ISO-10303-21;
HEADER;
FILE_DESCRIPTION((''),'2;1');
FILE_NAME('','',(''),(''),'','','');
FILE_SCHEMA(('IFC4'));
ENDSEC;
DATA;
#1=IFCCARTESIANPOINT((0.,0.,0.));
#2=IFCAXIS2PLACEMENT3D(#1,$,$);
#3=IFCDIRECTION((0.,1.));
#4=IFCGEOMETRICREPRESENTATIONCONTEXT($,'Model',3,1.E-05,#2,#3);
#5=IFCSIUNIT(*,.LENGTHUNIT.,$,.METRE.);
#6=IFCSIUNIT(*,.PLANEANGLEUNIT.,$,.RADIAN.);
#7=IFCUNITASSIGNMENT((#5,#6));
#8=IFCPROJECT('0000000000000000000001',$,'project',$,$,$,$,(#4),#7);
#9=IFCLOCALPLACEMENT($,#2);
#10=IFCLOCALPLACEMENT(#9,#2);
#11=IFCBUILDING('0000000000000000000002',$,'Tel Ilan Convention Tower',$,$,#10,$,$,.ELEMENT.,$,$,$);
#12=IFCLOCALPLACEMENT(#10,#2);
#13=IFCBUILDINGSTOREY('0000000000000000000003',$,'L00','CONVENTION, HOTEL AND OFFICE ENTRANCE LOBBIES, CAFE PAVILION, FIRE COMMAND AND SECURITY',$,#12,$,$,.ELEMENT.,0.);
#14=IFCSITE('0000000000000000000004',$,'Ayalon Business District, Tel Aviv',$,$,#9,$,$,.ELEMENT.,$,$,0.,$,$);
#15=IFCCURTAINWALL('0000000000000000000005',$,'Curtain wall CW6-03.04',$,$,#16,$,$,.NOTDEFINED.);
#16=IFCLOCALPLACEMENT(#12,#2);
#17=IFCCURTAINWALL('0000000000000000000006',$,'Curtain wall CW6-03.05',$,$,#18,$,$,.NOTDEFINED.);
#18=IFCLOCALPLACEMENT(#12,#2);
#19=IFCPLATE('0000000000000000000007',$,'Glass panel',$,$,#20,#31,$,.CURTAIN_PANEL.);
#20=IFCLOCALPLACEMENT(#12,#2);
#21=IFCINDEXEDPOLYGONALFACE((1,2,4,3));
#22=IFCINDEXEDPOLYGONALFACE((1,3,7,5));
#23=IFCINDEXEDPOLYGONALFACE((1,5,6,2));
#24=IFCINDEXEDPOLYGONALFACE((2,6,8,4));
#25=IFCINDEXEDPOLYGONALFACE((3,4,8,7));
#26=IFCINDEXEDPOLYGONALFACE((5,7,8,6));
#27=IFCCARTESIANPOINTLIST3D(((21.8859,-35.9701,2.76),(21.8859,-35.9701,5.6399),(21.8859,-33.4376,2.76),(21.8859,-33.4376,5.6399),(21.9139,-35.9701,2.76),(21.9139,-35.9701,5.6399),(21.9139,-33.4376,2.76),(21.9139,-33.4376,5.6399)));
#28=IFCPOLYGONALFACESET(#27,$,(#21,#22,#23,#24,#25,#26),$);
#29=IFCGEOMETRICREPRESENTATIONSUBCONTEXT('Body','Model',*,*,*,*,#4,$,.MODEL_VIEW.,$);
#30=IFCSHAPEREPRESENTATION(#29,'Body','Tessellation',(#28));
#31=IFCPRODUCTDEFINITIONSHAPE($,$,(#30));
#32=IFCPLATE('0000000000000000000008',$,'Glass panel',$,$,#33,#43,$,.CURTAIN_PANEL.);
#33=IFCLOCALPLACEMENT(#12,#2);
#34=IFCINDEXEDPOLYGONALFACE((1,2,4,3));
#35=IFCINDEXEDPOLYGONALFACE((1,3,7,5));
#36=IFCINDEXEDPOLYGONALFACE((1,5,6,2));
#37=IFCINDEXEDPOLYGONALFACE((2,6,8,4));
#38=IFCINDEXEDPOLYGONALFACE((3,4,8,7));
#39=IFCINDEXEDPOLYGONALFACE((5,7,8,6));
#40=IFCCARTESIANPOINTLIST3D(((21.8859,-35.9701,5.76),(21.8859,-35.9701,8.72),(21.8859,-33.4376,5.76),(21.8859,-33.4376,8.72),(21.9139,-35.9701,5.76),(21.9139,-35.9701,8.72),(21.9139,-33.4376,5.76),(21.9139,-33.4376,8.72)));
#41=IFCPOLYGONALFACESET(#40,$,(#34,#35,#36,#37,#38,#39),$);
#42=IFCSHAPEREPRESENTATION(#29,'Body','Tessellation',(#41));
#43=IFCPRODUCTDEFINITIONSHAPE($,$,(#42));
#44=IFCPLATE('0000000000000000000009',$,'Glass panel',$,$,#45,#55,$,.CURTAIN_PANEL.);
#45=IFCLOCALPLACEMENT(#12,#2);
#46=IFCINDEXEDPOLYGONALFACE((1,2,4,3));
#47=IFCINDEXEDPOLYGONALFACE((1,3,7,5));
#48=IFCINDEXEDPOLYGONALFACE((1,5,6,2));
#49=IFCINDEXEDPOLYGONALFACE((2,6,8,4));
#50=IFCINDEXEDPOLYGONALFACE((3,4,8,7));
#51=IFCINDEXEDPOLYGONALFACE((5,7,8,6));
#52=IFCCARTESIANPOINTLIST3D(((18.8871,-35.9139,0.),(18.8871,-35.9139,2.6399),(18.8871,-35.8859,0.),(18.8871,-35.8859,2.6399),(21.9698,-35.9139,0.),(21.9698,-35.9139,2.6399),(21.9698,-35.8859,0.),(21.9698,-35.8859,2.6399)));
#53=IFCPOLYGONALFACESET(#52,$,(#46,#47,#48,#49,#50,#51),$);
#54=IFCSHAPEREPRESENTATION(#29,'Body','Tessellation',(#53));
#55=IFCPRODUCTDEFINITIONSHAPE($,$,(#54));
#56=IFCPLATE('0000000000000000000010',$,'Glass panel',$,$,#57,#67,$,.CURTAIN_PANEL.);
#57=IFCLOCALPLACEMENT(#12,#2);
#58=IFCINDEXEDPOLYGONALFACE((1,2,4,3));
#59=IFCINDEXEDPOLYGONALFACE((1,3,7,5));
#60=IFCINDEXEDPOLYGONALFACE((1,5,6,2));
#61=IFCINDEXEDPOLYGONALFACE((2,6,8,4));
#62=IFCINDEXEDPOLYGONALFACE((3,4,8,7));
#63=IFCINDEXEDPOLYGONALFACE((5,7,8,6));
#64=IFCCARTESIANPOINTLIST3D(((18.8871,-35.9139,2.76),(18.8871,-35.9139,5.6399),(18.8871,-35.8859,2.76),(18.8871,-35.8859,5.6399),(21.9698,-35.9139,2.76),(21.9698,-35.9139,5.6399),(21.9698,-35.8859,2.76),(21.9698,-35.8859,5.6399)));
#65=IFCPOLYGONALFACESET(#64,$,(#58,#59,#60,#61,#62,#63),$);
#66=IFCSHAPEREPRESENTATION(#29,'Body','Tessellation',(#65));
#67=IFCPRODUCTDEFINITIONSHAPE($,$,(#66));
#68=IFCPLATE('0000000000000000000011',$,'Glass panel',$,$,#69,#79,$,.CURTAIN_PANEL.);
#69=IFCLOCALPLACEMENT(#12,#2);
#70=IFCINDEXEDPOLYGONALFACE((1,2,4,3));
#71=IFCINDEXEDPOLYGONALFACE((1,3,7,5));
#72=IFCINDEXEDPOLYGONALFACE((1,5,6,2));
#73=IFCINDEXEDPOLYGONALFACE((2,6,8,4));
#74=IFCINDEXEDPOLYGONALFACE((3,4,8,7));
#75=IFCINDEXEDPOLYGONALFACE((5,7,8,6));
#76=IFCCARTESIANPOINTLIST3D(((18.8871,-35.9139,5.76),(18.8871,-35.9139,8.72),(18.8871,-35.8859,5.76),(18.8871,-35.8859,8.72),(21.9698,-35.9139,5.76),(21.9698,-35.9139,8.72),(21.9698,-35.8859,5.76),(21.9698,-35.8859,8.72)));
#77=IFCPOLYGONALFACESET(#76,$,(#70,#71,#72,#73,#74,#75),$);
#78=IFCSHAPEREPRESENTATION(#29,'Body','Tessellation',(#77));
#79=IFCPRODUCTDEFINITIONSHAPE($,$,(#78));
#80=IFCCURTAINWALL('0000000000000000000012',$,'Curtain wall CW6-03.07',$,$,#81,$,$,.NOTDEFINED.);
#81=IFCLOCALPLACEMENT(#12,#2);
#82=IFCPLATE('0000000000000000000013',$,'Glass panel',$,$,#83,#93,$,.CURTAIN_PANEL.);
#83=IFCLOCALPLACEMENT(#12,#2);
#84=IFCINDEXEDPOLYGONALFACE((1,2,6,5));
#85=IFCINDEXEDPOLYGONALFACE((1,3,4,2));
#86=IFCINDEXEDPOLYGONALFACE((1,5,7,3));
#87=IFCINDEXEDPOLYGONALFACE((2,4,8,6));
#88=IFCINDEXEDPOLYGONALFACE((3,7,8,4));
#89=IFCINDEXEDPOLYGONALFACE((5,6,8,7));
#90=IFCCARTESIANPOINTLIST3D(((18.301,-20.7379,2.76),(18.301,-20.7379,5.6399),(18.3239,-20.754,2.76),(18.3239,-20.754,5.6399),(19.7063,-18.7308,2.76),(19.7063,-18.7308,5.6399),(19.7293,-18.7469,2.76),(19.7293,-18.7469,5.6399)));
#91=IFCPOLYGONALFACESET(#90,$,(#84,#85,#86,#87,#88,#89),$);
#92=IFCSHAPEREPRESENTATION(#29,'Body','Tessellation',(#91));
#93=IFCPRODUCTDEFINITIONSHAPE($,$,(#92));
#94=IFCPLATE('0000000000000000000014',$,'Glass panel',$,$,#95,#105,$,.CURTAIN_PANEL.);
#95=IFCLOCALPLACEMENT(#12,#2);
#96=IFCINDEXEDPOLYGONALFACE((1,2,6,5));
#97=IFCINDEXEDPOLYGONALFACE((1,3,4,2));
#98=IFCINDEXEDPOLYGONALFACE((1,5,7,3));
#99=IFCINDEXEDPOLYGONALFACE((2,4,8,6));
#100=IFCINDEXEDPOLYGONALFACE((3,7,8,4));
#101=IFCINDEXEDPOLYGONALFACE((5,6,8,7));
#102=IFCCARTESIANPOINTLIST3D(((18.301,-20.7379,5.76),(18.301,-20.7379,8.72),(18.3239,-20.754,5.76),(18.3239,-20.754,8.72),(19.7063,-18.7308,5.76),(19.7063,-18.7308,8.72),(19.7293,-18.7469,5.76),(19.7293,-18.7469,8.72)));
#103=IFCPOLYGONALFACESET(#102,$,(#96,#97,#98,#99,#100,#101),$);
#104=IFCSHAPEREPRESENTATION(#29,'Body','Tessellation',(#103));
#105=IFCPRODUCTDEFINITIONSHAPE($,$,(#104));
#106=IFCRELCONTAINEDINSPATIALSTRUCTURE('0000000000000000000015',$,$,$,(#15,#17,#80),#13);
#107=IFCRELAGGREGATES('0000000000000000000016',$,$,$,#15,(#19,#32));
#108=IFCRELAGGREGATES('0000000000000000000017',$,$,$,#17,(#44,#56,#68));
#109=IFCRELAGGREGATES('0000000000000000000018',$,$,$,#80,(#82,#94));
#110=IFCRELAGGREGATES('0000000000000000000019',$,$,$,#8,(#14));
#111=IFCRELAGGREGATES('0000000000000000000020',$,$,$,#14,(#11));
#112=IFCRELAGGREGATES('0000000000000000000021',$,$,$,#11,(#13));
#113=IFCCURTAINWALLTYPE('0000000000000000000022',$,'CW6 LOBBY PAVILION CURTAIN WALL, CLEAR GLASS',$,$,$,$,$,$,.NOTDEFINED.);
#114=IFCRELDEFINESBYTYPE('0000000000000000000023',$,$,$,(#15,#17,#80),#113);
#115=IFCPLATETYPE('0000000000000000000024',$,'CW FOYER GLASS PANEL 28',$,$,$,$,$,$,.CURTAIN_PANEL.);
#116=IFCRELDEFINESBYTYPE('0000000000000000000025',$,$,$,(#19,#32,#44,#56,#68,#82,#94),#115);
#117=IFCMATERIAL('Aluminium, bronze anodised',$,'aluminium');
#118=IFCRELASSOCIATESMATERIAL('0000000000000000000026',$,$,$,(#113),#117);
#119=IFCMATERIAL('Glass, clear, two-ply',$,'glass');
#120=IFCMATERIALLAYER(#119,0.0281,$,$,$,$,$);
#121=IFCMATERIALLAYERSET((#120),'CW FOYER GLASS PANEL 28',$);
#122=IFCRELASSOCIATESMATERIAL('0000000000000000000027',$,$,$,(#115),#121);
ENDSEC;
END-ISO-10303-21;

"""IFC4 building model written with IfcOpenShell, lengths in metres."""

from ifc_helpers import new_model, si_unit, direction, frame, origin, origin_2d, place, context, subcontext, project, spatial, rectangle, extrude, material, layer, layer_set, type_object, element, aggregate, save


model = new_model("IFC4")

# Units and contexts
model_context = context("Model", 3, precision=1e-05, world=origin(), true_north=direction((0.0, 1.0)))
body_context = subcontext(model_context, "Body", "Model", "MODEL_VIEW")
ifc_project = project(units=[si_unit("LENGTHUNIT", "METRE"), si_unit("PLANEANGLEUNIT", "RADIAN")], contexts=[model_context])

# Site, building, storey
site_placement = place(None, origin())
site = spatial("IfcSite", under=ifc_project, at=site_placement, Name="Ayalon Business District, Tel Aviv", CompositionType="ELEMENT", RefElevation=0.0)
building_placement = place(site_placement, origin())
building = spatial("IfcBuilding", under=site, at=building_placement, Name="Tel Ilan Convention Tower", CompositionType="ELEMENT")
storey_placement = place(building_placement, origin())
storey = spatial("IfcBuildingStorey", under=building, at=storey_placement, Name="L00", Description="CONVENTION, HOTEL AND OFFICE ENTRANCE LOBBIES, CAFE PAVILION, FIRE COMMAND AND SECURITY", CompositionType="ELEMENT", Elevation=0.0)

# Shared definitions
ifc_material_1 = material(Name="Aluminium, bronze anodised", Category="aluminium")
curtain_wall_type = type_object("IfcCurtainWallType", Name="CW6 LOBBY PAVILION CURTAIN WALL, CLEAR GLASS", PredefinedType="NOTDEFINED", material=ifc_material_1)

# Curtain wall
curtain_wall_1_placement = place(storey_placement, origin())
curtain_wall_1 = element("IfcCurtainWall", 1, at=curtain_wall_1_placement, inside=storey, type_object=curtain_wall_type, Name="Curtain wall CW6-03.04", PredefinedType="NOTDEFINED")

# Curtain wall
curtain_wall_2_placement = place(storey_placement, origin())
curtain_wall_2 = element("IfcCurtainWall", 2, at=curtain_wall_2_placement, inside=storey, type_object=curtain_wall_type, Name="Curtain wall CW6-03.05", PredefinedType="NOTDEFINED")

# Plates
ifc_material_2 = material(Name="Glass, clear, two-ply", Category="glass")
ifc_layer_1 = layer(ifc_material_2, 0.0281)
ifc_layer_set_1 = layer_set([ifc_layer_1], Name="CW FOYER GLASS PANEL 28")
plate_type = type_object("IfcPlateType", Name="CW FOYER GLASS PANEL 28", PredefinedType="CURTAIN_PANEL", material=ifc_layer_set_1)
plate_1_placement = place(storey_placement, frame((21.8999, -34.7039, 2.76), z_axis=(0.0, 0.0, 1.0), x_axis=(0.0, -1.0, 0.0)))
plate_1 = element("IfcPlate", 3, at=plate_1_placement, type_object=plate_type, Name="Glass panel", PredefinedType="CURTAIN_PANEL", context=body_context, shape_type="SweptSolid", body=[
    extrude(rectangle(XDim=2.5325, YDim=0.0281, at=origin_2d()), origin(), (0.0, 0.0, 1.0), 2.8799),
])
plate_2_placement = place(storey_placement, frame((21.8999, -34.7039, 5.76), z_axis=(0.0, 0.0, 1.0), x_axis=(0.0, -1.0, 0.0)))
plate_2 = element("IfcPlate", 4, at=plate_2_placement, type_object=plate_type, Name="Glass panel", PredefinedType="CURTAIN_PANEL", context=body_context, shape_type="SweptSolid", body=[
    extrude(rectangle(XDim=2.5325, YDim=0.0281, at=origin_2d()), origin(), (0.0, 0.0, 1.0), 2.96),
])
aggregate(curtain_wall_1, [plate_1, plate_2])
plate_3_placement = place(storey_placement, frame((20.4285, -35.8999, 0.0), z_axis=(0.0, 0.0, 1.0), x_axis=(-1.0, 0.0, 0.0)))
plate_3 = element("IfcPlate", 5, at=plate_3_placement, type_object=plate_type, Name="Glass panel", PredefinedType="CURTAIN_PANEL", context=body_context, shape_type="SweptSolid", body=[
    extrude(rectangle(XDim=3.0828, YDim=0.0281, at=origin_2d()), origin(), (0.0, 0.0, 1.0), 2.6399),
])
plate_4_placement = place(storey_placement, frame((20.4285, -35.8999, 2.76), z_axis=(0.0, 0.0, 1.0), x_axis=(-1.0, 0.0, 0.0)))
plate_4 = element("IfcPlate", 6, at=plate_4_placement, type_object=plate_type, Name="Glass panel", PredefinedType="CURTAIN_PANEL", context=body_context, shape_type="SweptSolid", body=[
    extrude(rectangle(XDim=3.0828, YDim=0.0281, at=origin_2d()), origin(), (0.0, 0.0, 1.0), 2.8799),
])
plate_5_placement = place(storey_placement, frame((20.4285, -35.8999, 5.76), z_axis=(0.0, 0.0, 1.0), x_axis=(-1.0, 0.0, 0.0)))
plate_5 = element("IfcPlate", 7, at=plate_5_placement, type_object=plate_type, Name="Glass panel", PredefinedType="CURTAIN_PANEL", context=body_context, shape_type="SweptSolid", body=[
    extrude(rectangle(XDim=3.0828, YDim=0.0281, at=origin_2d()), origin(), (0.0, 0.0, 1.0), 2.96),
])
aggregate(curtain_wall_2, [plate_3, plate_4, plate_5])

# Curtain wall, plates
curtain_wall_3_placement = place(storey_placement, origin())
curtain_wall_3 = element("IfcCurtainWall", 8, at=curtain_wall_3_placement, inside=storey, type_object=curtain_wall_type, Name="Curtain wall CW6-03.07", PredefinedType="NOTDEFINED")
plate_6_placement = place(storey_placement, frame((19.0151, -19.7424, 2.76), z_axis=(0.0, 0.0, 1.0), x_axis=(-0.573576, -0.819152, 0.0)))
plate_6 = element("IfcPlate", 9, at=plate_6_placement, type_object=plate_type, Name="Glass panel", PredefinedType="CURTAIN_PANEL", context=body_context, shape_type="SweptSolid", body=[
    extrude(rectangle(XDim=2.4502, YDim=0.0281, at=origin_2d()), origin(), (0.0, 0.0, 1.0), 2.8799),
])
plate_7_placement = place(storey_placement, frame((19.0151, -19.7424, 5.76), z_axis=(0.0, 0.0, 1.0), x_axis=(-0.573576, -0.819152, 0.0)))
plate_7 = element("IfcPlate", 10, at=plate_7_placement, type_object=plate_type, Name="Glass panel", PredefinedType="CURTAIN_PANEL", context=body_context, shape_type="SweptSolid", body=[
    extrude(rectangle(XDim=2.4502, YDim=0.0281, at=origin_2d()), origin(), (0.0, 0.0, 1.0), 2.96),
])
aggregate(curtain_wall_3, [plate_6, plate_7])

save(model, "model.ifc")
